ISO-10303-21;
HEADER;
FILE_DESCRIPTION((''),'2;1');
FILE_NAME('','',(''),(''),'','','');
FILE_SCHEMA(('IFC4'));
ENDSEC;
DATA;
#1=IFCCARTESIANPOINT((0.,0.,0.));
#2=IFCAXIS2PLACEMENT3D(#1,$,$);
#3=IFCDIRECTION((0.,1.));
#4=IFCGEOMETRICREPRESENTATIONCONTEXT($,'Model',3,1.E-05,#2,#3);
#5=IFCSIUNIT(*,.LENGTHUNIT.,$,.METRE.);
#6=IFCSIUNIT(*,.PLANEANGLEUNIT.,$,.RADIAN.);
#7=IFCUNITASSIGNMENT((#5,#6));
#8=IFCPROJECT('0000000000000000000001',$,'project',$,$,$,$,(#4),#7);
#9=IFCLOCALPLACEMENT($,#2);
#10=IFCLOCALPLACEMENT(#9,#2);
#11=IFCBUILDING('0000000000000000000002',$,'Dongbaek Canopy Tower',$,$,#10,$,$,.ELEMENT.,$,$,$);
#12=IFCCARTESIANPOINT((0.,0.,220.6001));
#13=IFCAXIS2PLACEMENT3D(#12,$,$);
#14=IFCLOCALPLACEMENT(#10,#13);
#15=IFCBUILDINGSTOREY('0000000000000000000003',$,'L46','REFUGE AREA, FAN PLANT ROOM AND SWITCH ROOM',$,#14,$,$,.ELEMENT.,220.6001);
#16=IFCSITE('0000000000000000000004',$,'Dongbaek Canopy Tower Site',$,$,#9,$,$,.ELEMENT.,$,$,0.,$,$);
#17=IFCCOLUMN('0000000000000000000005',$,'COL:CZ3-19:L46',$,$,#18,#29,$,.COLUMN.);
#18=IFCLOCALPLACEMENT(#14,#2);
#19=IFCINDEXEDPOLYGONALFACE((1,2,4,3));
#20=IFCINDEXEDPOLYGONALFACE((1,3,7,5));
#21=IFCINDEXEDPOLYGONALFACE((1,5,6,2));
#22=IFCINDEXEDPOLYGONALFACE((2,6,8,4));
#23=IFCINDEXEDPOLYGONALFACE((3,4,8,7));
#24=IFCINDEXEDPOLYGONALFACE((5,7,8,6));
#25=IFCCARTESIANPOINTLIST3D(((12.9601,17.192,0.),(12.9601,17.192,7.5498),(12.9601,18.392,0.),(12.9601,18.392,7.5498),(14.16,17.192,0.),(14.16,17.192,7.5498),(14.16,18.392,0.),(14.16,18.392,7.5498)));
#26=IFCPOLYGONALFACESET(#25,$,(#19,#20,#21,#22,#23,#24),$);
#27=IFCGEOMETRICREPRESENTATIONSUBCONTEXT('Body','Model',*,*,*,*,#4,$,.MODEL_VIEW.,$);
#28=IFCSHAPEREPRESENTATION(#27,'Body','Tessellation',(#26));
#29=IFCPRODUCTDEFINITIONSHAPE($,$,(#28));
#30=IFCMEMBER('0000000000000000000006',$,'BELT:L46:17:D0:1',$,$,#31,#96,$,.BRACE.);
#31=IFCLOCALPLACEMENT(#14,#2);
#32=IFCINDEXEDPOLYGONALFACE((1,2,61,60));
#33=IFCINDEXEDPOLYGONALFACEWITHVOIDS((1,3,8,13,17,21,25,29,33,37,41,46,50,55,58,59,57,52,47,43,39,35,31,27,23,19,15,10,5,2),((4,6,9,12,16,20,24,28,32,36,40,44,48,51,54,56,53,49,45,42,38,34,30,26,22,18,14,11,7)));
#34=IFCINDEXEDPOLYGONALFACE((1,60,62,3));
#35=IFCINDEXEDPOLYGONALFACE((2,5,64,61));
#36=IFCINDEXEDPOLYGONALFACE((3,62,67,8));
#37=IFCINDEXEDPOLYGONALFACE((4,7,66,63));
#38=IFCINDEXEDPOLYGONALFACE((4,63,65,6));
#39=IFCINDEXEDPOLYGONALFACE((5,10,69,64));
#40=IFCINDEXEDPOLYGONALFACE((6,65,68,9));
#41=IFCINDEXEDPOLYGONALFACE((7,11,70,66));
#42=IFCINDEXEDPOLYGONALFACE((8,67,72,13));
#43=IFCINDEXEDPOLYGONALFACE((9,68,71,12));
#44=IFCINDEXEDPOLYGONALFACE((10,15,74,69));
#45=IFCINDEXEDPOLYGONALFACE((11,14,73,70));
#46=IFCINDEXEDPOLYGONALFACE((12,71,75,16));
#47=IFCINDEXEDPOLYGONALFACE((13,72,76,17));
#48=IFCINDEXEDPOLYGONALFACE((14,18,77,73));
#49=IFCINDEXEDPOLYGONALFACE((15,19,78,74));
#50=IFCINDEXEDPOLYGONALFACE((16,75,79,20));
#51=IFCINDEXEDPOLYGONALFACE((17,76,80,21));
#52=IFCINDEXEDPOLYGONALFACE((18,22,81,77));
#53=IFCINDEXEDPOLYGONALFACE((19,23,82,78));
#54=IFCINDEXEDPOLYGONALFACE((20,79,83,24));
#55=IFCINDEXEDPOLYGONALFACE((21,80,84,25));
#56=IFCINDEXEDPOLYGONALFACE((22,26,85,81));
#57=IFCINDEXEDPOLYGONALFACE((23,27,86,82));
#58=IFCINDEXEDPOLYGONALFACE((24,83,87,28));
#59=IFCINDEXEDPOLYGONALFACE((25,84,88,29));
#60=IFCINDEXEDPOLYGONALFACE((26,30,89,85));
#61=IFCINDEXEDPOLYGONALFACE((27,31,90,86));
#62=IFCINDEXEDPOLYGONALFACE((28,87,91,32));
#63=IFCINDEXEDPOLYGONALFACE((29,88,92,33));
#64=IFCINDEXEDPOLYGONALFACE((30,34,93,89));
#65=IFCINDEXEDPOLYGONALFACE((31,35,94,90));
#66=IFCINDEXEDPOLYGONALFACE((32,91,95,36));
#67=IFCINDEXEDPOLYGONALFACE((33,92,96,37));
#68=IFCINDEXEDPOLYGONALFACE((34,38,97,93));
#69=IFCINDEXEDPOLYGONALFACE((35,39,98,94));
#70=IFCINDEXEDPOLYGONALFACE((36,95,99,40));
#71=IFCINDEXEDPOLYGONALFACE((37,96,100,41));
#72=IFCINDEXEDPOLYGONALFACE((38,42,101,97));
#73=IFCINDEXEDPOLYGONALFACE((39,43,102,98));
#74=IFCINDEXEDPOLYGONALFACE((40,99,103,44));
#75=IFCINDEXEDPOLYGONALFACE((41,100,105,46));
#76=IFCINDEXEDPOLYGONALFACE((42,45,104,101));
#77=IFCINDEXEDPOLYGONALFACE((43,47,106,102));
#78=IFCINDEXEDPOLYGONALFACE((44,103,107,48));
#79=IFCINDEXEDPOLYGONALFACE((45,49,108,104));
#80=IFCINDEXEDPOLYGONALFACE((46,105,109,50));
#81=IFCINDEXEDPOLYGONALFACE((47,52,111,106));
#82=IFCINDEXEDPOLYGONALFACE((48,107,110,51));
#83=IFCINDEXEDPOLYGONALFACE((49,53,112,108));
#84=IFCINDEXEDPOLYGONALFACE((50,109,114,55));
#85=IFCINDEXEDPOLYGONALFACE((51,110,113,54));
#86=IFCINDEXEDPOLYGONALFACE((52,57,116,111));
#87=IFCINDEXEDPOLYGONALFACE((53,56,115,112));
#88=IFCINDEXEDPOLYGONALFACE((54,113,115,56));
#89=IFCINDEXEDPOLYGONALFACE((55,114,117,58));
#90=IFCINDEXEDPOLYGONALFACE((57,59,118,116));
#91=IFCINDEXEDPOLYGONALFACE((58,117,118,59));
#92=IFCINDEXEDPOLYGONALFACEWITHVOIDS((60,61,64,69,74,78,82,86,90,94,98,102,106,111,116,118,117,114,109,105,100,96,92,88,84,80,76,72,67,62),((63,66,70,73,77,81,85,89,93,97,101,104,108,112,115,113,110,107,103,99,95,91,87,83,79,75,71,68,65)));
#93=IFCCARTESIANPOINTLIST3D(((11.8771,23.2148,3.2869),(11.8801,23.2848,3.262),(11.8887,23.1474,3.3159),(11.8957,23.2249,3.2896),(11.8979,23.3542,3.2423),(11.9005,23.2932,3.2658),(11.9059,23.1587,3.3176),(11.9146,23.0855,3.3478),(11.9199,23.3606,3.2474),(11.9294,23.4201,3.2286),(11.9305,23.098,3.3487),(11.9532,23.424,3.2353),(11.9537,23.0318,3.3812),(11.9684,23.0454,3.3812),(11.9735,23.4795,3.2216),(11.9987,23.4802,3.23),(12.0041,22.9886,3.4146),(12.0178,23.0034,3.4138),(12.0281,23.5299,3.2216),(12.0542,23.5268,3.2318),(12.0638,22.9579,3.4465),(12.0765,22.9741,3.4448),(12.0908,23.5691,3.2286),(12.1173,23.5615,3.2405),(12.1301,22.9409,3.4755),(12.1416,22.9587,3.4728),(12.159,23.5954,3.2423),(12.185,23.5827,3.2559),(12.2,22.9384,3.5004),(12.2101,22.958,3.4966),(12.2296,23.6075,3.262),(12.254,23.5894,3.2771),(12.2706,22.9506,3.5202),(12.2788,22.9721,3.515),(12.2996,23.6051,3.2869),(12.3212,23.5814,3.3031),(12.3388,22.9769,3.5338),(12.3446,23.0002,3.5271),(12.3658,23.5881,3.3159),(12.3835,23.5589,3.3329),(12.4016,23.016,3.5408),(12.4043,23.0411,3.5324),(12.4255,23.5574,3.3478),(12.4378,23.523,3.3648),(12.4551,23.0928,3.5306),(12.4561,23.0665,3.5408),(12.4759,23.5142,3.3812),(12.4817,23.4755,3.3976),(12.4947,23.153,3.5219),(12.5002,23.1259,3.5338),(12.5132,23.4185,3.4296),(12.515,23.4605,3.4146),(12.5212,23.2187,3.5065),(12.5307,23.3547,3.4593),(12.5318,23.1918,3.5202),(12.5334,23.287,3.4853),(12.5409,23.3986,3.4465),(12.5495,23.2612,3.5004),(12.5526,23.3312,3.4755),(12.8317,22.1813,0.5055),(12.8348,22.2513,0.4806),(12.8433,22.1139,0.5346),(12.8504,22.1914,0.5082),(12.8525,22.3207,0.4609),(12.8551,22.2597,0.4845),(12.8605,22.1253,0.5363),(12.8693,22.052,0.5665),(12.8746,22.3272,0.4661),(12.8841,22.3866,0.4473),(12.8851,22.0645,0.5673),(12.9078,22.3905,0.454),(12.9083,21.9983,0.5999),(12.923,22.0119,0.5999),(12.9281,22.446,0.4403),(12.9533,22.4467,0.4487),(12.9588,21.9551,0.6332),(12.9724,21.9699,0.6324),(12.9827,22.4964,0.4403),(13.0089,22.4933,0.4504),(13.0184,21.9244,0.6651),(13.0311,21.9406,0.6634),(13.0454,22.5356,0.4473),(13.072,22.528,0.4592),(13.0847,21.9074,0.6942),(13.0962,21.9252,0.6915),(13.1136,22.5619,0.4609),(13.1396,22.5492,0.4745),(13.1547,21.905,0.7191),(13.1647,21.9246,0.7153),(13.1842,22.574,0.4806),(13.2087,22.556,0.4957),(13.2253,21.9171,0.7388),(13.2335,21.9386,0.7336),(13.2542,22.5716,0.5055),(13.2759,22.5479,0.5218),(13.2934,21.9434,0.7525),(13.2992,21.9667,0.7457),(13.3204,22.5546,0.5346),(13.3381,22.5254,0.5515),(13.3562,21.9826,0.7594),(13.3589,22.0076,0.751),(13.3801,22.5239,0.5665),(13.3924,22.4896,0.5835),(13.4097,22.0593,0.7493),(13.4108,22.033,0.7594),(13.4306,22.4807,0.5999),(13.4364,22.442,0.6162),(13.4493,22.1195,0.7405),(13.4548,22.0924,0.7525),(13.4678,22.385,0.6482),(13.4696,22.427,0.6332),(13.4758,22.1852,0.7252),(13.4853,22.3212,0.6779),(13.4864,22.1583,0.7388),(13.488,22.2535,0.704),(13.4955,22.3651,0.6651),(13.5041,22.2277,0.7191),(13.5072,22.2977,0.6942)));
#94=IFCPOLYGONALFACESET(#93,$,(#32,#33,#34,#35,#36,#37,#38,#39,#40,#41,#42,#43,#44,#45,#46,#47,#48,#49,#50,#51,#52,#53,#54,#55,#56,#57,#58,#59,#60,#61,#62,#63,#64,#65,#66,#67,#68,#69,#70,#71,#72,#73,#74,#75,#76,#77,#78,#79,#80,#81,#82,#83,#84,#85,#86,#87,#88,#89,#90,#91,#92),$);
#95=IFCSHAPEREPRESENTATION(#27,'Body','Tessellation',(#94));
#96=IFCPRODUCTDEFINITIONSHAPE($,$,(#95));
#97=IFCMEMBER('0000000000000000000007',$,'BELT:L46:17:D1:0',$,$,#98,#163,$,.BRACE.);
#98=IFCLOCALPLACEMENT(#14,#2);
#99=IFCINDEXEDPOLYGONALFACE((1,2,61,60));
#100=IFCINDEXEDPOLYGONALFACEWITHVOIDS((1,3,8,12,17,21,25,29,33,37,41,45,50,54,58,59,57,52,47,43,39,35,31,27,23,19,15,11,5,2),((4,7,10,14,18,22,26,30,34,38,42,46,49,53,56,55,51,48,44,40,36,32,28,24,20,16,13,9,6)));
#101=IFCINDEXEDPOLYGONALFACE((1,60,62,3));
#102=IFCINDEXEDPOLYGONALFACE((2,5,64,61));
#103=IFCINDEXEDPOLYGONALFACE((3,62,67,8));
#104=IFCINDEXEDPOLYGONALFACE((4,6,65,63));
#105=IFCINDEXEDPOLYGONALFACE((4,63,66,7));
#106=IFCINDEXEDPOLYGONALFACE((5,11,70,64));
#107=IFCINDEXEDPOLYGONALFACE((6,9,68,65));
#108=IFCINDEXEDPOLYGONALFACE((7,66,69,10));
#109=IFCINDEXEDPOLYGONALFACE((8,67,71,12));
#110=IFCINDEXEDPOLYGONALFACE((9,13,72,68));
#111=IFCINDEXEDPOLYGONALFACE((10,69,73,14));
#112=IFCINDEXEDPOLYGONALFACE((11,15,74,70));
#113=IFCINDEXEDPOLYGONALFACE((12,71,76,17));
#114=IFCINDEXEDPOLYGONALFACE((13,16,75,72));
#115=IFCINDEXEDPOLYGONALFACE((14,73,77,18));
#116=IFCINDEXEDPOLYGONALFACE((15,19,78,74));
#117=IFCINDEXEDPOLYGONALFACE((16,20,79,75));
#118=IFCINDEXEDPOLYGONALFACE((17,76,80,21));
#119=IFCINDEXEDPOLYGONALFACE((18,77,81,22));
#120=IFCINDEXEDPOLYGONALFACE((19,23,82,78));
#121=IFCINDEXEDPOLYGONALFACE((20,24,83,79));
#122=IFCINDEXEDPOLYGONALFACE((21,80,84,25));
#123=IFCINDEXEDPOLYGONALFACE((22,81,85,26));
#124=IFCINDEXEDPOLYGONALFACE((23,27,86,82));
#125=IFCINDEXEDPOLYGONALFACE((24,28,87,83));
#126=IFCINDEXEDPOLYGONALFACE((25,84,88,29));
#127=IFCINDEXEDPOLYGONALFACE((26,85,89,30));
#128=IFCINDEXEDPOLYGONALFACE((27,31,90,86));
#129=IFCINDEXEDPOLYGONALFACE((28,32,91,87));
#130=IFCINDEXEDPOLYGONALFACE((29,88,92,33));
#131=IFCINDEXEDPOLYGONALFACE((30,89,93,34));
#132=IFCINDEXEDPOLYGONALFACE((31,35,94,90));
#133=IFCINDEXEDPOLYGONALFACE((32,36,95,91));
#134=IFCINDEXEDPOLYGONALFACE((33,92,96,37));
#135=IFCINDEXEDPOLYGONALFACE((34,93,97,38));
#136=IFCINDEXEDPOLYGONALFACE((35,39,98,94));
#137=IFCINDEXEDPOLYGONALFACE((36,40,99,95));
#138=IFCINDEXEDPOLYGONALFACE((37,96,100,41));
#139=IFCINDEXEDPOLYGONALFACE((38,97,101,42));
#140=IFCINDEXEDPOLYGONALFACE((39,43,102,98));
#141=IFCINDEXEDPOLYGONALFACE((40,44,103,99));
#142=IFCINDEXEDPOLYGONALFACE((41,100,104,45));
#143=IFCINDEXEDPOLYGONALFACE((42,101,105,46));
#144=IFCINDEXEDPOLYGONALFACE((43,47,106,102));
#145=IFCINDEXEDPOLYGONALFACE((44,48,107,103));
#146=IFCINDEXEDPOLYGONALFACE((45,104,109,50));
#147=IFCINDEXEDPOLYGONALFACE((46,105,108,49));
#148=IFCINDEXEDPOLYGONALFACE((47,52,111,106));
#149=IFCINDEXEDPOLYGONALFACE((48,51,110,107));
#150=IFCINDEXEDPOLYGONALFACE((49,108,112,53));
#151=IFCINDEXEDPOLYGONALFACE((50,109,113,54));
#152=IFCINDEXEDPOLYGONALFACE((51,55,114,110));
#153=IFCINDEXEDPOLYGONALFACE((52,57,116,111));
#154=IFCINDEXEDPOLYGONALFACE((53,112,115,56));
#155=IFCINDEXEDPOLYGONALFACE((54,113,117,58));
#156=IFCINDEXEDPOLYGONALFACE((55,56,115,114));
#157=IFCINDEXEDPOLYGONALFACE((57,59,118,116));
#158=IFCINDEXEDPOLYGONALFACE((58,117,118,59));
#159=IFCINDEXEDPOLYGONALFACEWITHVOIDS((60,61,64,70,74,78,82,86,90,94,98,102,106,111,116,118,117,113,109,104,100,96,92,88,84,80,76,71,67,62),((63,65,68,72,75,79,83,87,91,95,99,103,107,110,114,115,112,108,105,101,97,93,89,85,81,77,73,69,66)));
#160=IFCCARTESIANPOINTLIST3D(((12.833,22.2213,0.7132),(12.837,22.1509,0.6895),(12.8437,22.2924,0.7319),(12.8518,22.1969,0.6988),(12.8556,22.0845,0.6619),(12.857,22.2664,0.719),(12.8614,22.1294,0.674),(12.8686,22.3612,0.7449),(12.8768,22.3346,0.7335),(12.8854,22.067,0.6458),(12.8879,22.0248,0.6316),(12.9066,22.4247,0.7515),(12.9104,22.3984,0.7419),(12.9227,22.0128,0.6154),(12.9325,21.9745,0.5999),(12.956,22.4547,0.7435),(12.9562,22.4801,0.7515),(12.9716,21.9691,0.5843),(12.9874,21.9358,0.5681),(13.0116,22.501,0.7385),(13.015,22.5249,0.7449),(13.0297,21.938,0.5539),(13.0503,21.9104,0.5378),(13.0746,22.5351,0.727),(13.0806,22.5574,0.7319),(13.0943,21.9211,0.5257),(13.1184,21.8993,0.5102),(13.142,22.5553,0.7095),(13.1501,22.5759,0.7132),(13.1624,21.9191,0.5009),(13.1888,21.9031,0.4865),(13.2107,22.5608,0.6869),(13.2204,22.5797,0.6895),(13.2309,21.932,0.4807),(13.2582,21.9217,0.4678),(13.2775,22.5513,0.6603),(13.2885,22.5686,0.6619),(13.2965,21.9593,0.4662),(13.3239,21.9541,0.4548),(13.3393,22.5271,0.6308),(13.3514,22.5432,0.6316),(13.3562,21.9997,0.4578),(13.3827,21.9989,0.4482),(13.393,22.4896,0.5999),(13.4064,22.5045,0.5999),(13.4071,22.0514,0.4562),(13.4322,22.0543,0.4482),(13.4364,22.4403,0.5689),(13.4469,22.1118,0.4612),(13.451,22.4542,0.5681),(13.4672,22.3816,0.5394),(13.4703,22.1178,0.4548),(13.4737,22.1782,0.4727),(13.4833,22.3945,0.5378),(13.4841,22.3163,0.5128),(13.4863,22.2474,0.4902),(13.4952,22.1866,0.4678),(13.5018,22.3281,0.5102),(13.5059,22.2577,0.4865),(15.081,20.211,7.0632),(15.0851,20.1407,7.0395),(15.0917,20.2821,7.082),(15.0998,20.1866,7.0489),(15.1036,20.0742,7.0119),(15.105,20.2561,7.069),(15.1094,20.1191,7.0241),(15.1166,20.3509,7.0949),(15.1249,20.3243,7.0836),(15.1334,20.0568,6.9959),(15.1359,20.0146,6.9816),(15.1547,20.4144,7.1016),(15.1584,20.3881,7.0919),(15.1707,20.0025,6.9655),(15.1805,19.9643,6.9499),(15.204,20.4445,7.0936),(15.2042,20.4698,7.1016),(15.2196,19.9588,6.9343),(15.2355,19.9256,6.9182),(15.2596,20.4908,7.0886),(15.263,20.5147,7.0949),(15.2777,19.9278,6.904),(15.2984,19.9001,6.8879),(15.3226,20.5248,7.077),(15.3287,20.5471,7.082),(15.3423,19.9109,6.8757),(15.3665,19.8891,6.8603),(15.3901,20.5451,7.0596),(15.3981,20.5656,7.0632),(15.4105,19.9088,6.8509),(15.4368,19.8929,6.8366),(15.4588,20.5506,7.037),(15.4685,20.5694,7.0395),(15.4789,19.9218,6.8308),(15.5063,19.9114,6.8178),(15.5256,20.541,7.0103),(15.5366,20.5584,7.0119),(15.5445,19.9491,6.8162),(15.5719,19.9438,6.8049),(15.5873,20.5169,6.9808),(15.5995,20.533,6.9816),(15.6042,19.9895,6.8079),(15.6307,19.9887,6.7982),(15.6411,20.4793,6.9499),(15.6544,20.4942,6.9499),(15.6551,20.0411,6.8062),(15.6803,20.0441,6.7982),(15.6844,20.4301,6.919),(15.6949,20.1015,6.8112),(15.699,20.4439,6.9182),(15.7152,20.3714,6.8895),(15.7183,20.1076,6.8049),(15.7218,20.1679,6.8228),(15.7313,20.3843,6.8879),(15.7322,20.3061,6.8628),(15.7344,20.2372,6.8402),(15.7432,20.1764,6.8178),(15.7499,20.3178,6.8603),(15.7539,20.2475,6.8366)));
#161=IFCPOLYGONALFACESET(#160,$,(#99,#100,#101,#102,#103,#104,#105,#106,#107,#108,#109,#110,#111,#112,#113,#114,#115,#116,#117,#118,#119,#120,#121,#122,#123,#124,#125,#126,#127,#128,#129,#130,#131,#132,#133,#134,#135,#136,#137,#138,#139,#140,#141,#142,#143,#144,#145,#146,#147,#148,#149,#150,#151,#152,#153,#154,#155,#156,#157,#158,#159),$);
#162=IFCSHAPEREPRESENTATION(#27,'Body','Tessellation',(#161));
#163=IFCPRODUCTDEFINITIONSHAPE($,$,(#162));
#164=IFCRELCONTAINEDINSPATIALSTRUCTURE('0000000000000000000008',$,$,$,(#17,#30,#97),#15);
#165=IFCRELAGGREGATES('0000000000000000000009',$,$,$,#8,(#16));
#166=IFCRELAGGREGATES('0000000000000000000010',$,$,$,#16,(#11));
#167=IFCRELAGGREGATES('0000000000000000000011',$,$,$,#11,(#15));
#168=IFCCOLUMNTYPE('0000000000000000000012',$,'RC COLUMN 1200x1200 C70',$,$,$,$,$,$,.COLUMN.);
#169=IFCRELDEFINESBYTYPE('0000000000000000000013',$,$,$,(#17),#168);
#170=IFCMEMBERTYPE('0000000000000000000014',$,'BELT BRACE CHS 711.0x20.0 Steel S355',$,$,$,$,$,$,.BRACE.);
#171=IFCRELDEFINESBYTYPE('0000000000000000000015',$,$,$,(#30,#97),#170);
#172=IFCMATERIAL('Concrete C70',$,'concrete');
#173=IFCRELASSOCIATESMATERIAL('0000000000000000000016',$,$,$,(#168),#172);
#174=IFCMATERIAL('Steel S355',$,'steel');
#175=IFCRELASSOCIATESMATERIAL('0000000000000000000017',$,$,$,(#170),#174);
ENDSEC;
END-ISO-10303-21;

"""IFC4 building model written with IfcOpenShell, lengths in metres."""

from ifc_helpers import new_model, si_unit, direction, frame, origin, origin_2d, place, context, subcontext, project, spatial, rectangle, hollow_circle, extrude, material, material_profile, profile_set, type_object, element, save


model = new_model("IFC4")

# Units and contexts
model_context = context("Model", 3, precision=1e-05, world=origin(), true_north=direction((0.0, 1.0)))
body_context = subcontext(model_context, "Body", "Model", "MODEL_VIEW")
ifc_project = project(units=[si_unit("LENGTHUNIT", "METRE"), si_unit("PLANEANGLEUNIT", "RADIAN")], contexts=[model_context])

# Site, building, storey
site_placement = place(None, origin())
site = spatial("IfcSite", under=ifc_project, at=site_placement, Name="Dongbaek Canopy Tower Site", CompositionType="ELEMENT", RefElevation=0.0)
building_placement = place(site_placement, origin())
building = spatial("IfcBuilding", under=site, at=building_placement, Name="Dongbaek Canopy Tower", CompositionType="ELEMENT")
storey_placement = place(building_placement, frame((0.0, 0.0, 220.6001)))
storey = spatial("IfcBuildingStorey", under=building, at=storey_placement, Name="L46", Description="REFUGE AREA, FAN PLANT ROOM AND SWITCH ROOM", CompositionType="ELEMENT", Elevation=220.6001)

# Column
ifc_material_1 = material(Name="Concrete C70", Category="concrete")
ifc_material_profile_1 = material_profile(ifc_material_1, rectangle(XDim=1.2, YDim=1.2, at=origin_2d()), Name="RC COLUMN 1200x1200 C70")
ifc_profile_set_1 = profile_set([ifc_material_profile_1], Name="Concrete C70")
column_type = type_object("IfcColumnType", Name="RC COLUMN 1200x1200 C70", PredefinedType="COLUMN", material=ifc_profile_set_1)
column_placement = place(storey_placement, frame((13.5601, 17.792, 0.0), z_axis=(0.0, 0.0, 1.0), x_axis=(1.0, 0.0, 0.0)))
element("IfcColumn", 1, at=column_placement, inside=storey, type_object=column_type, Name="COL:CZ3-19:L46", PredefinedType="COLUMN", context=body_context, shape_type="SweptSolid", body=[
    extrude(rectangle(XDim=1.2, YDim=1.2, at=origin_2d()), origin(), (0.0, 0.0, 1.0), 7.5498),
])

# Members
ifc_material_2 = material(Name="Steel S355", Category="steel")
ifc_material_profile_2 = material_profile(ifc_material_2, hollow_circle(Radius=0.3555, WallThickness=0.02, at=origin_2d()), Name="BELT BRACE CHS 711.0x20.0 Steel S355")
ifc_profile_set_2 = profile_set([ifc_material_profile_2], Name="Steel S355")
member_type_1 = type_object("IfcMemberType", Name="BELT BRACE CHS 711.0x20.0 Steel S355", PredefinedType="BRACE", material=ifc_profile_set_2)
member_1_placement = place(storey_placement, frame((13.1694, 22.2395, 0.5999), z_axis=(-0.30627, 0.33157, 0.892334), x_axis=(-0.734577, -0.678525, 0.0)))
element("IfcMember", 2, at=member_1_placement, inside=storey, type_object=member_type_1, Name="BELT:L46:17:D0:1", PredefinedType="BRACE", context=body_context, shape_type="SweptSolid", body=[
    extrude(hollow_circle(Radius=0.3555, WallThickness=0.02, at=origin_2d()), origin(), (0.0, 0.0, 1.0), 3.1169),
])
member_2_placement = place(storey_placement, frame((13.1694, 22.2395, 0.5999), z_axis=(0.319787, -0.28596, 0.903307), x_axis=(0.666582, 0.745432, 0.0)))
element("IfcMember", 3, at=member_2_placement, inside=storey, type_object=member_type_1, Name="BELT:L46:17:D1:0", PredefinedType="BRACE", context=body_context, shape_type="SweptSolid", body=[
    extrude(hollow_circle(Radius=0.3555, WallThickness=0.02, at=origin_2d()), origin(), (0.0, 0.0, 1.0), 7.0298),
])

save(model, "model.ifc")
